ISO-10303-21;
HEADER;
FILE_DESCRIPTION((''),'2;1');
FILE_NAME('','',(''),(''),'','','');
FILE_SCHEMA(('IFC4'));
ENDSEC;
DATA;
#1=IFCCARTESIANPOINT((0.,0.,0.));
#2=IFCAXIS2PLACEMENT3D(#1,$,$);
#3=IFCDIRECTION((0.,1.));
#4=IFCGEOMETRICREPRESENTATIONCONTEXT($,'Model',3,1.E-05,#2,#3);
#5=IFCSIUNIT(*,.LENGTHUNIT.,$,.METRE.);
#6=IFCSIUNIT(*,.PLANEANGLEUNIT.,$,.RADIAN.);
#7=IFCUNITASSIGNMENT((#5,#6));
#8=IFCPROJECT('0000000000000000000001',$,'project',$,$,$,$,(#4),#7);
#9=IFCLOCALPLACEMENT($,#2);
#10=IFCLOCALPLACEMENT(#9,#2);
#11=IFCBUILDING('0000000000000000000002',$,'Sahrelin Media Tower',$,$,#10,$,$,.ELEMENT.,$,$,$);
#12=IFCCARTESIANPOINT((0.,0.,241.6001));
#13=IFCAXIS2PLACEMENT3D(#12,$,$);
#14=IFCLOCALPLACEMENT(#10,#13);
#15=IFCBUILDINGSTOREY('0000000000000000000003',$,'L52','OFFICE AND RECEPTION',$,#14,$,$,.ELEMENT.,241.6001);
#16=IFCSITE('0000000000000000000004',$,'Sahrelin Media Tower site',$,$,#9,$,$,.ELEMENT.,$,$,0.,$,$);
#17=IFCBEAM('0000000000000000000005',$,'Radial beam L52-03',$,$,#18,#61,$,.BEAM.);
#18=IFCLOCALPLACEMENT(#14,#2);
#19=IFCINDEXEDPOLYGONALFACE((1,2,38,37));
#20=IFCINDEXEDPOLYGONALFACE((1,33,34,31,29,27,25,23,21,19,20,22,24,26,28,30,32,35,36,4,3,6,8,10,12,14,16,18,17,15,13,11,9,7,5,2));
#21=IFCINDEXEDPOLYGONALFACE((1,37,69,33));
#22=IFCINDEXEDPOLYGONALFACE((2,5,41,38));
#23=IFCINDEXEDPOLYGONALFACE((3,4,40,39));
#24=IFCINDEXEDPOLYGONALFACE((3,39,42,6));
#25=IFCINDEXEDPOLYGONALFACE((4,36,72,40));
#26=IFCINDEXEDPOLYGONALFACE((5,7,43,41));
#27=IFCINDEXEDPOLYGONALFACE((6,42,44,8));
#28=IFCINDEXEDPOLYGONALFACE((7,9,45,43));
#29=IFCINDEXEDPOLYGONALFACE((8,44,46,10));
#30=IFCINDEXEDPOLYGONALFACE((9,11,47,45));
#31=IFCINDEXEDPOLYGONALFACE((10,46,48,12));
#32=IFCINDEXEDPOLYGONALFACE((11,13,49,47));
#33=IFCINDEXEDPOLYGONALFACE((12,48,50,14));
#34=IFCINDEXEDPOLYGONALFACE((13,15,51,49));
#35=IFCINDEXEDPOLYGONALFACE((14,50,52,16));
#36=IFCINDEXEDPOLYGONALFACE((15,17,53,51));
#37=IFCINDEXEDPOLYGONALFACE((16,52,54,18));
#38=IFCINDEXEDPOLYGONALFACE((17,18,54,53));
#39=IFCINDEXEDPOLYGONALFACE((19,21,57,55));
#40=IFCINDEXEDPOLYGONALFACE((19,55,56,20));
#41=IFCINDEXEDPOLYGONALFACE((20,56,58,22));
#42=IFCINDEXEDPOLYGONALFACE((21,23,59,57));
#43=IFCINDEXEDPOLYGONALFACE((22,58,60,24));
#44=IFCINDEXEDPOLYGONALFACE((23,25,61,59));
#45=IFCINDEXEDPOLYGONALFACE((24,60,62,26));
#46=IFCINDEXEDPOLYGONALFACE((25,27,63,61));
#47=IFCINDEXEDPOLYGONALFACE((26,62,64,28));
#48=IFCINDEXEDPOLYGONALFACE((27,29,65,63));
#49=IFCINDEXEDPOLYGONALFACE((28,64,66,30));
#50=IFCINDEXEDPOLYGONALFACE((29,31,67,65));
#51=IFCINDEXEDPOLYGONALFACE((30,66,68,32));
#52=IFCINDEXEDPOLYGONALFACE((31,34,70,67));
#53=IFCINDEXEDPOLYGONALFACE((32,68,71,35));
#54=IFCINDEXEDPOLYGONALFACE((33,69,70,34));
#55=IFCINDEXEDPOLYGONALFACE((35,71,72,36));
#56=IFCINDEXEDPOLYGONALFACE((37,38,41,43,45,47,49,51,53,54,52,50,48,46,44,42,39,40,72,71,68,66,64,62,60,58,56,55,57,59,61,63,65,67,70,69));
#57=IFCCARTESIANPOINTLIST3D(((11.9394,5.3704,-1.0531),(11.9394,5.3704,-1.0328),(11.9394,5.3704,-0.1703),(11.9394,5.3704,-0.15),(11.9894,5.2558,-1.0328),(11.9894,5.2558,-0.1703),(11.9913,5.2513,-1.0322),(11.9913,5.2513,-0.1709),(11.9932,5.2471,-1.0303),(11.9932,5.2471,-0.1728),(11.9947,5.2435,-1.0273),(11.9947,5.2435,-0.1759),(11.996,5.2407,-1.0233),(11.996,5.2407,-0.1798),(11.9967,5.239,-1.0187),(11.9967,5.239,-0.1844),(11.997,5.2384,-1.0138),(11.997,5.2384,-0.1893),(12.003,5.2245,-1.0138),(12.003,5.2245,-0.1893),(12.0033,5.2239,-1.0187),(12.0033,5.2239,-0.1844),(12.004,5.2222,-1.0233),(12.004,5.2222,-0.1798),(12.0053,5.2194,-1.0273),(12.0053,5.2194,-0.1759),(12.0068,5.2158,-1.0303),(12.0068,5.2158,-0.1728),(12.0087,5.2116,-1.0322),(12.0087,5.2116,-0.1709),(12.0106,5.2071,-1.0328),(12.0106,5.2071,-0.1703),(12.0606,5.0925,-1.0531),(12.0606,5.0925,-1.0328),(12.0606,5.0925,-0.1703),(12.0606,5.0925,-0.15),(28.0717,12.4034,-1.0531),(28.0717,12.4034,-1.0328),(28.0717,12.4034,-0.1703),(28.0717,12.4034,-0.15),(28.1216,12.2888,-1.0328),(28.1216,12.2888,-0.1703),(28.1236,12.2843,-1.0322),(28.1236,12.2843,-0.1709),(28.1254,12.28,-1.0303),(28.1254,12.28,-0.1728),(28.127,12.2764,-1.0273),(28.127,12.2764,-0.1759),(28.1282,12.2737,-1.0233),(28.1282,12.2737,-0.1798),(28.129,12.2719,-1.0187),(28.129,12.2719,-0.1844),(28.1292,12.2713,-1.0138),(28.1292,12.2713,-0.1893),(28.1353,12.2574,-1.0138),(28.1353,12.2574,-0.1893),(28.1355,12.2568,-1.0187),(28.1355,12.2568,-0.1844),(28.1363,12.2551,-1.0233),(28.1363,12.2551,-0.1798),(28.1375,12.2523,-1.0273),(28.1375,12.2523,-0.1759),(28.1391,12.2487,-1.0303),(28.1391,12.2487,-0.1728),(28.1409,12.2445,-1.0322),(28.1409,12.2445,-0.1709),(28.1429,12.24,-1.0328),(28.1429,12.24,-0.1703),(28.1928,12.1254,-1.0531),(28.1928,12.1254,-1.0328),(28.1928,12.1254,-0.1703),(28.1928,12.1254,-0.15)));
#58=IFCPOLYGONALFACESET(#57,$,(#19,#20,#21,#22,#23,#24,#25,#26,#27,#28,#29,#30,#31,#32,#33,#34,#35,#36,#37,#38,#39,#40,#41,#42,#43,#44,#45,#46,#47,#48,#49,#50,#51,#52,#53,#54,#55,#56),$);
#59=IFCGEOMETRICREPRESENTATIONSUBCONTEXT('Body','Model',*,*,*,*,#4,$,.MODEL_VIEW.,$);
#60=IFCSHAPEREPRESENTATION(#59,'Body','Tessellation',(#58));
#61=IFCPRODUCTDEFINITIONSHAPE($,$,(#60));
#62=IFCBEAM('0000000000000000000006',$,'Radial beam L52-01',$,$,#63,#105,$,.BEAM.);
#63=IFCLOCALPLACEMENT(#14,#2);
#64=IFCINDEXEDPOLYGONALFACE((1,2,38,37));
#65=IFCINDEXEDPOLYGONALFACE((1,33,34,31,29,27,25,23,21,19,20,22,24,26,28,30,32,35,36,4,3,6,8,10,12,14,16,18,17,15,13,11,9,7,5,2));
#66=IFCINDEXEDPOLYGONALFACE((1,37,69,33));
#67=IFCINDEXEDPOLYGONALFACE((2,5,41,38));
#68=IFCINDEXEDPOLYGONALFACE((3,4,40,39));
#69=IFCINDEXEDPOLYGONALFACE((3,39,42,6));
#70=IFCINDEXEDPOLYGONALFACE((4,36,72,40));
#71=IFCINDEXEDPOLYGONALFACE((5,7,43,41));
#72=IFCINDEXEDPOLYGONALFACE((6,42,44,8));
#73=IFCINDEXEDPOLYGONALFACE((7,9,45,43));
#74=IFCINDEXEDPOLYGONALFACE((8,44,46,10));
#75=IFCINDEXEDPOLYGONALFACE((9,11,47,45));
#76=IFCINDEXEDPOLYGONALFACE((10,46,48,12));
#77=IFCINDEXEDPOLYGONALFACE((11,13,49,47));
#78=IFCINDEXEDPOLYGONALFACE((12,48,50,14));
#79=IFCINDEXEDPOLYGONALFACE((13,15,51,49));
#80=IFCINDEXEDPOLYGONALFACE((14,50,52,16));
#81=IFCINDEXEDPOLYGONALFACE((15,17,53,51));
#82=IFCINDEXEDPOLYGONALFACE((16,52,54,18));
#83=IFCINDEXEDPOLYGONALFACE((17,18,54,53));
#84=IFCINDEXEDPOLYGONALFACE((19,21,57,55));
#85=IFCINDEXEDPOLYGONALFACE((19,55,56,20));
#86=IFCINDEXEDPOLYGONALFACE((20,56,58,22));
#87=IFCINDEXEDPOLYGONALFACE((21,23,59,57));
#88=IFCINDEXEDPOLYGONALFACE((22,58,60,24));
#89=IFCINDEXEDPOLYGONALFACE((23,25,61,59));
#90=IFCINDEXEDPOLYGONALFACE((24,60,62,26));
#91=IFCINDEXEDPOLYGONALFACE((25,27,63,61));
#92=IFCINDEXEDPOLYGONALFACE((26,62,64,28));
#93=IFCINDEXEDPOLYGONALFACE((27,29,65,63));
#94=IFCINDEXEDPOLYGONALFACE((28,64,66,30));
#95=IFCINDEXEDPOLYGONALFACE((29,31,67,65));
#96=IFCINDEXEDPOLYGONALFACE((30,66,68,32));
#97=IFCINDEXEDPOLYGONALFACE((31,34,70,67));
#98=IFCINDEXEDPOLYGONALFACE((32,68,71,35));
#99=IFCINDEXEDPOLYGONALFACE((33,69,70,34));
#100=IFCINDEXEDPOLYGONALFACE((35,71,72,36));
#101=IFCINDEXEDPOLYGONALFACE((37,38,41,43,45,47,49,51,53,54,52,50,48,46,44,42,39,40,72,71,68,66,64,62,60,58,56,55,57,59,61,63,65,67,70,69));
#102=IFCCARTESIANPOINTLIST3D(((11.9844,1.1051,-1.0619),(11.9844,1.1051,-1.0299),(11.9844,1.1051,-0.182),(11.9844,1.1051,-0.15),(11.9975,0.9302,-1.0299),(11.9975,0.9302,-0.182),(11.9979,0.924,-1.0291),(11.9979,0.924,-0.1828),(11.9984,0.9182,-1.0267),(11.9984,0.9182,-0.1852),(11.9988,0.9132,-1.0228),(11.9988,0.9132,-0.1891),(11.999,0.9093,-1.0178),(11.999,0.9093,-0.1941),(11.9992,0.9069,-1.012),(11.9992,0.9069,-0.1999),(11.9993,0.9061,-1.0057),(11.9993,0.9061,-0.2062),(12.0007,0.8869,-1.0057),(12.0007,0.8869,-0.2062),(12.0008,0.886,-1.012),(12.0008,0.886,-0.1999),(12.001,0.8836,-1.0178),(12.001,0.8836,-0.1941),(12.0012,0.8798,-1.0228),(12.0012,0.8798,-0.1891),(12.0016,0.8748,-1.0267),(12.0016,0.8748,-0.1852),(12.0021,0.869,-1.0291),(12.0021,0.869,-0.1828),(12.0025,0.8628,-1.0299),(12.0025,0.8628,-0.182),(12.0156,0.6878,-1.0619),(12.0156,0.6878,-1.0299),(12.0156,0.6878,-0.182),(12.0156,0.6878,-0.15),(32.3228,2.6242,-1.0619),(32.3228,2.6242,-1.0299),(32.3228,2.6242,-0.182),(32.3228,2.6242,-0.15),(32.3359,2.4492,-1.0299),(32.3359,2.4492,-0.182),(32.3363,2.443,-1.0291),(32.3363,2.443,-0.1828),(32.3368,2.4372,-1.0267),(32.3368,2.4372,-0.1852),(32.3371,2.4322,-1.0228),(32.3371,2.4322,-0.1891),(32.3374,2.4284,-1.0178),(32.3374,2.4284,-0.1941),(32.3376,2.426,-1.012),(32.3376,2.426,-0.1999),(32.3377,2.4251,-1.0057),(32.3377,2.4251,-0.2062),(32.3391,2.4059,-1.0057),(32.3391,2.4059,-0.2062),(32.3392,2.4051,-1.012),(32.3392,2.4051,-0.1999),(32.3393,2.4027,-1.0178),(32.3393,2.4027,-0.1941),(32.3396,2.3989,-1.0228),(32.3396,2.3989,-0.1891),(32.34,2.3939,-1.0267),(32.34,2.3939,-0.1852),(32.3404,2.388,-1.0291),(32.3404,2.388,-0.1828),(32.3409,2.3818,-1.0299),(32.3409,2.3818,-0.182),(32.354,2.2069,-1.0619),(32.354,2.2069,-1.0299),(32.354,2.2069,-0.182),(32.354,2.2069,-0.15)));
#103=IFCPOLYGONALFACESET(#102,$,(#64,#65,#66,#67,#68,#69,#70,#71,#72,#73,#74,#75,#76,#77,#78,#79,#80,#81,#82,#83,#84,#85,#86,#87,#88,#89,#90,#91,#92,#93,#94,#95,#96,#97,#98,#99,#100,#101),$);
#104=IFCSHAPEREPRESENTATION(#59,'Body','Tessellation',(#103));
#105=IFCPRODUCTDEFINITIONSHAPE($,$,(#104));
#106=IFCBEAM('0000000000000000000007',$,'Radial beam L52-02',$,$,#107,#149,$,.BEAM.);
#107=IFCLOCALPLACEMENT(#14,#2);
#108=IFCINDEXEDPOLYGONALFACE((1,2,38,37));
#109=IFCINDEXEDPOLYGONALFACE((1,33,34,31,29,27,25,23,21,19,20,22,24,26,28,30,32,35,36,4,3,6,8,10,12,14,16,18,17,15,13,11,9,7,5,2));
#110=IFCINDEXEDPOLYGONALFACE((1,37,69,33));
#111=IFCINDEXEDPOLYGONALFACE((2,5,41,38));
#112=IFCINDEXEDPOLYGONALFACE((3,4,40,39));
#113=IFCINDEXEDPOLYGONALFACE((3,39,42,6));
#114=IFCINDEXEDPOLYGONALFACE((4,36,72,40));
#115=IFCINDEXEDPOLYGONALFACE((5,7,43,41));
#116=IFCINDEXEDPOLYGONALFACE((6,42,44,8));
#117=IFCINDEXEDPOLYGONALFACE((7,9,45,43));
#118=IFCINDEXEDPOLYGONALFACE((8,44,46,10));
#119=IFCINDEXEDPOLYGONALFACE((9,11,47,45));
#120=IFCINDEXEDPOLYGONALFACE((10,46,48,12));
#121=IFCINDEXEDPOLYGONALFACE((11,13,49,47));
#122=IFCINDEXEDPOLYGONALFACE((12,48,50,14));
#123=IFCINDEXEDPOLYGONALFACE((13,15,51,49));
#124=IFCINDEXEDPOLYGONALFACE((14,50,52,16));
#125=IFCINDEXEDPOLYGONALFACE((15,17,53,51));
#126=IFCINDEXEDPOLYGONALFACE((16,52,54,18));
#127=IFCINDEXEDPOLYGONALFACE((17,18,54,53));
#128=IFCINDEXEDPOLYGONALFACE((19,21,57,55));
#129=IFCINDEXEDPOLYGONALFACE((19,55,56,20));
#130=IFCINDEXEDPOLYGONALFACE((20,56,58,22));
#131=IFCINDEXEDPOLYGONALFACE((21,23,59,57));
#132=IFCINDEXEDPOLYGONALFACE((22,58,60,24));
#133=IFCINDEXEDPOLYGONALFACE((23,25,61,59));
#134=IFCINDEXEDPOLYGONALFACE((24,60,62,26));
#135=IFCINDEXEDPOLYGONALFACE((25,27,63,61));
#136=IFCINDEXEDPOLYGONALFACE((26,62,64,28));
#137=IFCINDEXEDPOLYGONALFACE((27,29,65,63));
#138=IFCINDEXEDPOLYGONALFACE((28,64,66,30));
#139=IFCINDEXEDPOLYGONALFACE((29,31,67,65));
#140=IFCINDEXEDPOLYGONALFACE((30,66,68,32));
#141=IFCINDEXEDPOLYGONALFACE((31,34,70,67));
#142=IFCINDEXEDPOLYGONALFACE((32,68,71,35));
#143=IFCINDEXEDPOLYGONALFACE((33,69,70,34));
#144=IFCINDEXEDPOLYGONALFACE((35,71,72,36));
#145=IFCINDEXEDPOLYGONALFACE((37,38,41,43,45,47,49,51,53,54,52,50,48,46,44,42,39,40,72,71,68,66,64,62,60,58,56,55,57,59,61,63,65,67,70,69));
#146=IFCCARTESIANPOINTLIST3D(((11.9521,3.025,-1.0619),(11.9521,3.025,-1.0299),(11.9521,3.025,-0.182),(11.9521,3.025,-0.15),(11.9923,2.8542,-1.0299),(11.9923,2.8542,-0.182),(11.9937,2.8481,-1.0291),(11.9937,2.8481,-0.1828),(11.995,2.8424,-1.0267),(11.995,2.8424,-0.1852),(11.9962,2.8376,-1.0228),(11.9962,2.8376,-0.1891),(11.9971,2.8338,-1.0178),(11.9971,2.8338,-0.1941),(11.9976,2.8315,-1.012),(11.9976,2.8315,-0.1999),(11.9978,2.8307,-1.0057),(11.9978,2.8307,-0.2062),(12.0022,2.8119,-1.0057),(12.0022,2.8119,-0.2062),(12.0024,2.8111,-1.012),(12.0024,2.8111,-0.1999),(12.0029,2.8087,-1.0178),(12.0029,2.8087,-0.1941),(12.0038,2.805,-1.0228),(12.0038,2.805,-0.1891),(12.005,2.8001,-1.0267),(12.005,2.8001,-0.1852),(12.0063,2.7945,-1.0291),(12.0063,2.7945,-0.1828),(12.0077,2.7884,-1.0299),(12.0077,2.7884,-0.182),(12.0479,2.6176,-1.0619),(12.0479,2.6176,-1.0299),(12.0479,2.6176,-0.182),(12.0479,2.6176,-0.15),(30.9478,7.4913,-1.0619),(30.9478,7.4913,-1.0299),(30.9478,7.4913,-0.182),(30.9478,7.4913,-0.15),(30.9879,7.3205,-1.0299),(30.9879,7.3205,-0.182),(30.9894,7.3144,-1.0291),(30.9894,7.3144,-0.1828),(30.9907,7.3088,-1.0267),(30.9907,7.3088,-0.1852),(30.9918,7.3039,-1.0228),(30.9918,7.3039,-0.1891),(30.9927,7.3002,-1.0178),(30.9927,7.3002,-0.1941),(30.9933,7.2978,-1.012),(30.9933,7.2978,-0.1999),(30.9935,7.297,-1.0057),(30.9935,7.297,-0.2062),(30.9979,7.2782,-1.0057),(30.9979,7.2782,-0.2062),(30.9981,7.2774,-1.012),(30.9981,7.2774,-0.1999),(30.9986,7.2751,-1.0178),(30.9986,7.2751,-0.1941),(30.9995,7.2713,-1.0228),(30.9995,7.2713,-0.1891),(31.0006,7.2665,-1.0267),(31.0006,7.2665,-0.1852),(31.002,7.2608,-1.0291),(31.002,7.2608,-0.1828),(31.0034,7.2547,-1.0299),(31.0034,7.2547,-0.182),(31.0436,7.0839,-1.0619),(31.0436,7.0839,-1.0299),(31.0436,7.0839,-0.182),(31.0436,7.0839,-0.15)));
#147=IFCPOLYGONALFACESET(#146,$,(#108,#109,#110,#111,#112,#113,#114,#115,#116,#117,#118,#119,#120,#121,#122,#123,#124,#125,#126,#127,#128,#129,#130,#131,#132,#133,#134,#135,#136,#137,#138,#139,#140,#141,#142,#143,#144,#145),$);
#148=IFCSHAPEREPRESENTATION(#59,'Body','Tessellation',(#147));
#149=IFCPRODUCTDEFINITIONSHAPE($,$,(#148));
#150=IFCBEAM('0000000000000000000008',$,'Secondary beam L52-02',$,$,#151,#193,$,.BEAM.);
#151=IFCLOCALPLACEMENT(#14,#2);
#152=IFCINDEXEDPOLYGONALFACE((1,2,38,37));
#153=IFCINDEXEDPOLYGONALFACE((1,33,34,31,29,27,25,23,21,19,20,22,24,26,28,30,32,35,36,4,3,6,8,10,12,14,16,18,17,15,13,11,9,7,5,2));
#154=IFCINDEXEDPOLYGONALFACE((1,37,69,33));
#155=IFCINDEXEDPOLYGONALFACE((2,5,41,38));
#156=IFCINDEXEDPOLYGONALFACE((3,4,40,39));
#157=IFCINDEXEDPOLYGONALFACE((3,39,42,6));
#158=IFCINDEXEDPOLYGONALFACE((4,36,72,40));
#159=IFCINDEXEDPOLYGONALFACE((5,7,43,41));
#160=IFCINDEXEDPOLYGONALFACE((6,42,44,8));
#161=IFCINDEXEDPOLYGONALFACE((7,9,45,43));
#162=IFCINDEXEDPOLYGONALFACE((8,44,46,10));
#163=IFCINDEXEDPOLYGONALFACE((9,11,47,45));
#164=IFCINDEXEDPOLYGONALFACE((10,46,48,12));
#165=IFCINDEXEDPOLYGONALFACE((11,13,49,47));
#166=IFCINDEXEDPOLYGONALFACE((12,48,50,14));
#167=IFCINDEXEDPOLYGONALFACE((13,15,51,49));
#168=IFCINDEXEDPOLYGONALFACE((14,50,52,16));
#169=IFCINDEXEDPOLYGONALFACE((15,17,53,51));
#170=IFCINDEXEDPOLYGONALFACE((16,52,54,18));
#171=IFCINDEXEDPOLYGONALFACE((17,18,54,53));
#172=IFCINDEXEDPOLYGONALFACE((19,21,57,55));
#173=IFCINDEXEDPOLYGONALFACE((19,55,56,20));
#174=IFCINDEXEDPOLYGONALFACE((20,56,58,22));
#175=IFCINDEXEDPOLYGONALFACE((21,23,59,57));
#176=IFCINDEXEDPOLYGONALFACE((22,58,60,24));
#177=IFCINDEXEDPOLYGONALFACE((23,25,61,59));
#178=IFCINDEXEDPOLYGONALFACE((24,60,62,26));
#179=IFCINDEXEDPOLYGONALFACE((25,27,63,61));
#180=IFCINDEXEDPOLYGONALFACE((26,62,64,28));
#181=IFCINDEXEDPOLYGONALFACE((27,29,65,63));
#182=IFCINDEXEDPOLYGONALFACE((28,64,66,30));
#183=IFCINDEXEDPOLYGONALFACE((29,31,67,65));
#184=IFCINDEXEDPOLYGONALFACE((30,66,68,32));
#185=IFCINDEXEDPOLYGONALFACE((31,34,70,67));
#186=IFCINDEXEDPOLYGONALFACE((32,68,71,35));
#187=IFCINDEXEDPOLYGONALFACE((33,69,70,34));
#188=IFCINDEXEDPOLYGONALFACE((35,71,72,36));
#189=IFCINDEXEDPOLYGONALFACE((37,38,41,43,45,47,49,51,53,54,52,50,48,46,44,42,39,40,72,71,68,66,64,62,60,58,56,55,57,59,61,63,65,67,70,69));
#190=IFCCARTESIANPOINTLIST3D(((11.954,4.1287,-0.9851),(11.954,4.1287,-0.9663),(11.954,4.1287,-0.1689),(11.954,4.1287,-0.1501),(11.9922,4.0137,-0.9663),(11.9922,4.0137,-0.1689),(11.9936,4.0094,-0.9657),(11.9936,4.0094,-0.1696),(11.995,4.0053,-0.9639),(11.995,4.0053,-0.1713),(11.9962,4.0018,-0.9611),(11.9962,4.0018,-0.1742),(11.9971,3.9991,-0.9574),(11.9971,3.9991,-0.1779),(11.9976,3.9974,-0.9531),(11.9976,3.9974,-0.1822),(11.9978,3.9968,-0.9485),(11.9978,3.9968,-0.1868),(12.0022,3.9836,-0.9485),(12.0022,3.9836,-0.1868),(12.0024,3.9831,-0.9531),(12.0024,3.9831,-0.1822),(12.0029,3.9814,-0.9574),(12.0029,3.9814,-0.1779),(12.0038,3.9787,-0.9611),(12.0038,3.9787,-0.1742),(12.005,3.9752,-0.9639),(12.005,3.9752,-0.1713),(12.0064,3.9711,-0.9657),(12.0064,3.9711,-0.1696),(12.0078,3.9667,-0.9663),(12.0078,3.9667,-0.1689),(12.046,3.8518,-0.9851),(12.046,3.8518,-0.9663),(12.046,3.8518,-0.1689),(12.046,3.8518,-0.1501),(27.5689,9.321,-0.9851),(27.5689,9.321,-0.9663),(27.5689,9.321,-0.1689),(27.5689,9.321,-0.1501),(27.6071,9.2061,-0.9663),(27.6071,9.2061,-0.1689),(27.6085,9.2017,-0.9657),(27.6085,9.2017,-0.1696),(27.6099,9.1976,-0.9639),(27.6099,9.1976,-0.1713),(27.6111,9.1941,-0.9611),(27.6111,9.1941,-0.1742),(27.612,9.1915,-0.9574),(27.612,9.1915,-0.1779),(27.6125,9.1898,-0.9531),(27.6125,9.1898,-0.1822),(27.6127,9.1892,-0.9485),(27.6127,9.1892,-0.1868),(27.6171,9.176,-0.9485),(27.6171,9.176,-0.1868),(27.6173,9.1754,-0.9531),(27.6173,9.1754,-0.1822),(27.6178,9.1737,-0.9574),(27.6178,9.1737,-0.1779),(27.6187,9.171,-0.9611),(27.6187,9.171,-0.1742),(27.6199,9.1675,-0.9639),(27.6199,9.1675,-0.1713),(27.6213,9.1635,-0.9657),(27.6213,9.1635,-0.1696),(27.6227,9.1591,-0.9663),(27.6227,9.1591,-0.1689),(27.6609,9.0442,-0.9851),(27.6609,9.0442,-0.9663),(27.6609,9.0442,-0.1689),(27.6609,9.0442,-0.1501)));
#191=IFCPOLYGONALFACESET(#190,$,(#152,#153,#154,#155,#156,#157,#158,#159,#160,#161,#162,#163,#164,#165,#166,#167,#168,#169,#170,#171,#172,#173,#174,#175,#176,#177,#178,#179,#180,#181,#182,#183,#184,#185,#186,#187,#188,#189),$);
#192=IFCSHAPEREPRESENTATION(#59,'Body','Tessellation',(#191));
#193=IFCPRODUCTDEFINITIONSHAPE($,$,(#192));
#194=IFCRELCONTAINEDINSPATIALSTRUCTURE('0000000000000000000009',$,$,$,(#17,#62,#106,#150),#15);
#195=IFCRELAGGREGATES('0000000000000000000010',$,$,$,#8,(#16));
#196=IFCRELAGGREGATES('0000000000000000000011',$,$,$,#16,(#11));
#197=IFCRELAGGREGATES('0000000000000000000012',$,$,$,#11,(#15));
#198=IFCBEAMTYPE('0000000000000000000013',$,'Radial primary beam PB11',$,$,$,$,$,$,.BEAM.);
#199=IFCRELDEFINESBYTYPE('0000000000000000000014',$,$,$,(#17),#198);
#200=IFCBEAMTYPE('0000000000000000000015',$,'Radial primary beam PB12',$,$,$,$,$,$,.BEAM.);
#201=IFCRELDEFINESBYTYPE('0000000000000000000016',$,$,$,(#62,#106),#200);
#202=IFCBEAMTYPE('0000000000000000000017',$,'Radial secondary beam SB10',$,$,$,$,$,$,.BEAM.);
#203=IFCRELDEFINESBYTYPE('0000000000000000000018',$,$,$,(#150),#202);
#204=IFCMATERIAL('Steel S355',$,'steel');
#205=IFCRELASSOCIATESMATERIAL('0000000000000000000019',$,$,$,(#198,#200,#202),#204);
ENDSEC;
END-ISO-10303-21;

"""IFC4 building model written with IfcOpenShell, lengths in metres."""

from ifc_helpers import new_model, si_unit, direction, frame, origin, origin_2d, place, context, subcontext, project, spatial, i_section, extrude, material, material_profile, profile_set, type_object, element, save


model = new_model("IFC4")

# Units and contexts
model_context = context("Model", 3, precision=1e-05, world=origin(), true_north=direction((0.0, 1.0)))
body_context = subcontext(model_context, "Body", "Model", "MODEL_VIEW")
ifc_project = project(units=[si_unit("LENGTHUNIT", "METRE"), si_unit("PLANEANGLEUNIT", "RADIAN")], contexts=[model_context])

# Site, building, storey
site_placement = place(None, origin())
site = spatial("IfcSite", under=ifc_project, at=site_placement, Name="Sahrelin Media Tower site", CompositionType="ELEMENT", RefElevation=0.0)
building_placement = place(site_placement, origin())
building = spatial("IfcBuilding", under=site, at=building_placement, Name="Sahrelin Media Tower", CompositionType="ELEMENT")
storey_placement = place(building_placement, frame((0.0, 0.0, 241.6001)))
storey = spatial("IfcBuildingStorey", under=building, at=storey_placement, Name="L52", Description="OFFICE AND RECEPTION", CompositionType="ELEMENT", Elevation=241.6001)

# Beams
ifc_material_1 = material(Name="Steel S355", Category="steel")
ifc_material_profile_1 = material_profile(ifc_material_1, i_section(OverallWidth=0.3032, OverallDepth=0.9031, WebThickness=0.0151, FlangeThickness=0.0203, FilletRadius=0.019, at=origin_2d()), Name="UB 914x305x201")
ifc_profile_set_1 = profile_set([ifc_material_profile_1], Name="Steel S355")
beam_type_1 = type_object("IfcBeamType", Name="Radial primary beam PB11", PredefinedType="BEAM", material=ifc_profile_set_1)
beam_1_placement = place(storey_placement, frame((12.0, 5.2314, -0.6016), z_axis=(0.916677, 0.399629, 0.0), x_axis=(-0.399629, 0.916677, 0.0)))
element("IfcBeam", 1, at=beam_1_placement, inside=storey, type_object=beam_type_1, Name="Radial beam L52-03", PredefinedType="BEAM", context=body_context, shape_type="SweptSolid", body=[
    extrude(i_section(OverallWidth=0.3032, OverallDepth=0.9031, WebThickness=0.0151, FlangeThickness=0.0203, FilletRadius=0.019, at=origin_2d()), origin(), (0.0, 0.0, 1.0), 17.5986),
])
ifc_material_profile_2 = material_profile(ifc_material_1, i_section(OverallWidth=0.4185, OverallDepth=0.9119, WebThickness=0.0193, FlangeThickness=0.032, FilletRadius=0.0242, at=origin_2d()), Name="UB 914x419x343")
ifc_profile_set_2 = profile_set([ifc_material_profile_2], Name="Steel S355")
beam_type_2 = type_object("IfcBeamType", Name="Radial primary beam PB12", PredefinedType="BEAM", material=ifc_profile_set_2)
beam_2_placement = place(storey_placement, frame((12.0, 0.8965, -0.606), z_axis=(0.997222, 0.074481, 0.0), x_axis=(-0.074481, 0.997222, 0.0)))
element("IfcBeam", 2, at=beam_2_placement, inside=storey, type_object=beam_type_2, Name="Radial beam L52-01", PredefinedType="BEAM", context=body_context, shape_type="SweptSolid", body=[
    extrude(i_section(OverallWidth=0.4185, OverallDepth=0.9119, WebThickness=0.0193, FlangeThickness=0.032, FilletRadius=0.0242, at=origin_2d()), origin(), (0.0, 0.0, 1.0), 20.395),
])
beam_3_placement = place(storey_placement, frame((12.0, 2.8213, -0.606), z_axis=(0.973454, 0.228882, 0.0), x_axis=(-0.228882, 0.973454, 0.0)))
element("IfcBeam", 3, at=beam_3_placement, inside=storey, type_object=beam_type_2, Name="Radial beam L52-02", PredefinedType="BEAM", context=body_context, shape_type="SweptSolid", body=[
    extrude(i_section(OverallWidth=0.4185, OverallDepth=0.9119, WebThickness=0.0193, FlangeThickness=0.032, FilletRadius=0.0242, at=origin_2d()), origin(), (0.0, 0.0, 1.0), 19.5137),
])
ifc_material_profile_3 = material_profile(ifc_material_1, i_section(OverallWidth=0.2917, OverallDepth=0.835, WebThickness=0.0139, FlangeThickness=0.0188, FilletRadius=0.0178, at=origin_2d()), Name="UB 838x292x176")
ifc_profile_set_3 = profile_set([ifc_material_profile_3], Name="Steel S355")
beam_type_3 = type_object("IfcBeamType", Name="Radial secondary beam SB10", PredefinedType="BEAM", material=ifc_profile_set_3)
beam_4_placement = place(storey_placement, frame((12.0, 3.9902, -0.5676), z_axis=(0.948913, 0.315538, 0.0), x_axis=(-0.315538, 0.948913, 0.0)))
element("IfcBeam", 4, at=beam_4_placement, inside=storey, type_object=beam_type_3, Name="Secondary beam L52-02", PredefinedType="BEAM", context=body_context, shape_type="SweptSolid", body=[
    extrude(i_section(OverallWidth=0.2917, OverallDepth=0.835, WebThickness=0.0139, FlangeThickness=0.0188, FilletRadius=0.0178, at=origin_2d()), origin(), (0.0, 0.0, 1.0), 16.4556),
])

save(model, "model.ifc")
